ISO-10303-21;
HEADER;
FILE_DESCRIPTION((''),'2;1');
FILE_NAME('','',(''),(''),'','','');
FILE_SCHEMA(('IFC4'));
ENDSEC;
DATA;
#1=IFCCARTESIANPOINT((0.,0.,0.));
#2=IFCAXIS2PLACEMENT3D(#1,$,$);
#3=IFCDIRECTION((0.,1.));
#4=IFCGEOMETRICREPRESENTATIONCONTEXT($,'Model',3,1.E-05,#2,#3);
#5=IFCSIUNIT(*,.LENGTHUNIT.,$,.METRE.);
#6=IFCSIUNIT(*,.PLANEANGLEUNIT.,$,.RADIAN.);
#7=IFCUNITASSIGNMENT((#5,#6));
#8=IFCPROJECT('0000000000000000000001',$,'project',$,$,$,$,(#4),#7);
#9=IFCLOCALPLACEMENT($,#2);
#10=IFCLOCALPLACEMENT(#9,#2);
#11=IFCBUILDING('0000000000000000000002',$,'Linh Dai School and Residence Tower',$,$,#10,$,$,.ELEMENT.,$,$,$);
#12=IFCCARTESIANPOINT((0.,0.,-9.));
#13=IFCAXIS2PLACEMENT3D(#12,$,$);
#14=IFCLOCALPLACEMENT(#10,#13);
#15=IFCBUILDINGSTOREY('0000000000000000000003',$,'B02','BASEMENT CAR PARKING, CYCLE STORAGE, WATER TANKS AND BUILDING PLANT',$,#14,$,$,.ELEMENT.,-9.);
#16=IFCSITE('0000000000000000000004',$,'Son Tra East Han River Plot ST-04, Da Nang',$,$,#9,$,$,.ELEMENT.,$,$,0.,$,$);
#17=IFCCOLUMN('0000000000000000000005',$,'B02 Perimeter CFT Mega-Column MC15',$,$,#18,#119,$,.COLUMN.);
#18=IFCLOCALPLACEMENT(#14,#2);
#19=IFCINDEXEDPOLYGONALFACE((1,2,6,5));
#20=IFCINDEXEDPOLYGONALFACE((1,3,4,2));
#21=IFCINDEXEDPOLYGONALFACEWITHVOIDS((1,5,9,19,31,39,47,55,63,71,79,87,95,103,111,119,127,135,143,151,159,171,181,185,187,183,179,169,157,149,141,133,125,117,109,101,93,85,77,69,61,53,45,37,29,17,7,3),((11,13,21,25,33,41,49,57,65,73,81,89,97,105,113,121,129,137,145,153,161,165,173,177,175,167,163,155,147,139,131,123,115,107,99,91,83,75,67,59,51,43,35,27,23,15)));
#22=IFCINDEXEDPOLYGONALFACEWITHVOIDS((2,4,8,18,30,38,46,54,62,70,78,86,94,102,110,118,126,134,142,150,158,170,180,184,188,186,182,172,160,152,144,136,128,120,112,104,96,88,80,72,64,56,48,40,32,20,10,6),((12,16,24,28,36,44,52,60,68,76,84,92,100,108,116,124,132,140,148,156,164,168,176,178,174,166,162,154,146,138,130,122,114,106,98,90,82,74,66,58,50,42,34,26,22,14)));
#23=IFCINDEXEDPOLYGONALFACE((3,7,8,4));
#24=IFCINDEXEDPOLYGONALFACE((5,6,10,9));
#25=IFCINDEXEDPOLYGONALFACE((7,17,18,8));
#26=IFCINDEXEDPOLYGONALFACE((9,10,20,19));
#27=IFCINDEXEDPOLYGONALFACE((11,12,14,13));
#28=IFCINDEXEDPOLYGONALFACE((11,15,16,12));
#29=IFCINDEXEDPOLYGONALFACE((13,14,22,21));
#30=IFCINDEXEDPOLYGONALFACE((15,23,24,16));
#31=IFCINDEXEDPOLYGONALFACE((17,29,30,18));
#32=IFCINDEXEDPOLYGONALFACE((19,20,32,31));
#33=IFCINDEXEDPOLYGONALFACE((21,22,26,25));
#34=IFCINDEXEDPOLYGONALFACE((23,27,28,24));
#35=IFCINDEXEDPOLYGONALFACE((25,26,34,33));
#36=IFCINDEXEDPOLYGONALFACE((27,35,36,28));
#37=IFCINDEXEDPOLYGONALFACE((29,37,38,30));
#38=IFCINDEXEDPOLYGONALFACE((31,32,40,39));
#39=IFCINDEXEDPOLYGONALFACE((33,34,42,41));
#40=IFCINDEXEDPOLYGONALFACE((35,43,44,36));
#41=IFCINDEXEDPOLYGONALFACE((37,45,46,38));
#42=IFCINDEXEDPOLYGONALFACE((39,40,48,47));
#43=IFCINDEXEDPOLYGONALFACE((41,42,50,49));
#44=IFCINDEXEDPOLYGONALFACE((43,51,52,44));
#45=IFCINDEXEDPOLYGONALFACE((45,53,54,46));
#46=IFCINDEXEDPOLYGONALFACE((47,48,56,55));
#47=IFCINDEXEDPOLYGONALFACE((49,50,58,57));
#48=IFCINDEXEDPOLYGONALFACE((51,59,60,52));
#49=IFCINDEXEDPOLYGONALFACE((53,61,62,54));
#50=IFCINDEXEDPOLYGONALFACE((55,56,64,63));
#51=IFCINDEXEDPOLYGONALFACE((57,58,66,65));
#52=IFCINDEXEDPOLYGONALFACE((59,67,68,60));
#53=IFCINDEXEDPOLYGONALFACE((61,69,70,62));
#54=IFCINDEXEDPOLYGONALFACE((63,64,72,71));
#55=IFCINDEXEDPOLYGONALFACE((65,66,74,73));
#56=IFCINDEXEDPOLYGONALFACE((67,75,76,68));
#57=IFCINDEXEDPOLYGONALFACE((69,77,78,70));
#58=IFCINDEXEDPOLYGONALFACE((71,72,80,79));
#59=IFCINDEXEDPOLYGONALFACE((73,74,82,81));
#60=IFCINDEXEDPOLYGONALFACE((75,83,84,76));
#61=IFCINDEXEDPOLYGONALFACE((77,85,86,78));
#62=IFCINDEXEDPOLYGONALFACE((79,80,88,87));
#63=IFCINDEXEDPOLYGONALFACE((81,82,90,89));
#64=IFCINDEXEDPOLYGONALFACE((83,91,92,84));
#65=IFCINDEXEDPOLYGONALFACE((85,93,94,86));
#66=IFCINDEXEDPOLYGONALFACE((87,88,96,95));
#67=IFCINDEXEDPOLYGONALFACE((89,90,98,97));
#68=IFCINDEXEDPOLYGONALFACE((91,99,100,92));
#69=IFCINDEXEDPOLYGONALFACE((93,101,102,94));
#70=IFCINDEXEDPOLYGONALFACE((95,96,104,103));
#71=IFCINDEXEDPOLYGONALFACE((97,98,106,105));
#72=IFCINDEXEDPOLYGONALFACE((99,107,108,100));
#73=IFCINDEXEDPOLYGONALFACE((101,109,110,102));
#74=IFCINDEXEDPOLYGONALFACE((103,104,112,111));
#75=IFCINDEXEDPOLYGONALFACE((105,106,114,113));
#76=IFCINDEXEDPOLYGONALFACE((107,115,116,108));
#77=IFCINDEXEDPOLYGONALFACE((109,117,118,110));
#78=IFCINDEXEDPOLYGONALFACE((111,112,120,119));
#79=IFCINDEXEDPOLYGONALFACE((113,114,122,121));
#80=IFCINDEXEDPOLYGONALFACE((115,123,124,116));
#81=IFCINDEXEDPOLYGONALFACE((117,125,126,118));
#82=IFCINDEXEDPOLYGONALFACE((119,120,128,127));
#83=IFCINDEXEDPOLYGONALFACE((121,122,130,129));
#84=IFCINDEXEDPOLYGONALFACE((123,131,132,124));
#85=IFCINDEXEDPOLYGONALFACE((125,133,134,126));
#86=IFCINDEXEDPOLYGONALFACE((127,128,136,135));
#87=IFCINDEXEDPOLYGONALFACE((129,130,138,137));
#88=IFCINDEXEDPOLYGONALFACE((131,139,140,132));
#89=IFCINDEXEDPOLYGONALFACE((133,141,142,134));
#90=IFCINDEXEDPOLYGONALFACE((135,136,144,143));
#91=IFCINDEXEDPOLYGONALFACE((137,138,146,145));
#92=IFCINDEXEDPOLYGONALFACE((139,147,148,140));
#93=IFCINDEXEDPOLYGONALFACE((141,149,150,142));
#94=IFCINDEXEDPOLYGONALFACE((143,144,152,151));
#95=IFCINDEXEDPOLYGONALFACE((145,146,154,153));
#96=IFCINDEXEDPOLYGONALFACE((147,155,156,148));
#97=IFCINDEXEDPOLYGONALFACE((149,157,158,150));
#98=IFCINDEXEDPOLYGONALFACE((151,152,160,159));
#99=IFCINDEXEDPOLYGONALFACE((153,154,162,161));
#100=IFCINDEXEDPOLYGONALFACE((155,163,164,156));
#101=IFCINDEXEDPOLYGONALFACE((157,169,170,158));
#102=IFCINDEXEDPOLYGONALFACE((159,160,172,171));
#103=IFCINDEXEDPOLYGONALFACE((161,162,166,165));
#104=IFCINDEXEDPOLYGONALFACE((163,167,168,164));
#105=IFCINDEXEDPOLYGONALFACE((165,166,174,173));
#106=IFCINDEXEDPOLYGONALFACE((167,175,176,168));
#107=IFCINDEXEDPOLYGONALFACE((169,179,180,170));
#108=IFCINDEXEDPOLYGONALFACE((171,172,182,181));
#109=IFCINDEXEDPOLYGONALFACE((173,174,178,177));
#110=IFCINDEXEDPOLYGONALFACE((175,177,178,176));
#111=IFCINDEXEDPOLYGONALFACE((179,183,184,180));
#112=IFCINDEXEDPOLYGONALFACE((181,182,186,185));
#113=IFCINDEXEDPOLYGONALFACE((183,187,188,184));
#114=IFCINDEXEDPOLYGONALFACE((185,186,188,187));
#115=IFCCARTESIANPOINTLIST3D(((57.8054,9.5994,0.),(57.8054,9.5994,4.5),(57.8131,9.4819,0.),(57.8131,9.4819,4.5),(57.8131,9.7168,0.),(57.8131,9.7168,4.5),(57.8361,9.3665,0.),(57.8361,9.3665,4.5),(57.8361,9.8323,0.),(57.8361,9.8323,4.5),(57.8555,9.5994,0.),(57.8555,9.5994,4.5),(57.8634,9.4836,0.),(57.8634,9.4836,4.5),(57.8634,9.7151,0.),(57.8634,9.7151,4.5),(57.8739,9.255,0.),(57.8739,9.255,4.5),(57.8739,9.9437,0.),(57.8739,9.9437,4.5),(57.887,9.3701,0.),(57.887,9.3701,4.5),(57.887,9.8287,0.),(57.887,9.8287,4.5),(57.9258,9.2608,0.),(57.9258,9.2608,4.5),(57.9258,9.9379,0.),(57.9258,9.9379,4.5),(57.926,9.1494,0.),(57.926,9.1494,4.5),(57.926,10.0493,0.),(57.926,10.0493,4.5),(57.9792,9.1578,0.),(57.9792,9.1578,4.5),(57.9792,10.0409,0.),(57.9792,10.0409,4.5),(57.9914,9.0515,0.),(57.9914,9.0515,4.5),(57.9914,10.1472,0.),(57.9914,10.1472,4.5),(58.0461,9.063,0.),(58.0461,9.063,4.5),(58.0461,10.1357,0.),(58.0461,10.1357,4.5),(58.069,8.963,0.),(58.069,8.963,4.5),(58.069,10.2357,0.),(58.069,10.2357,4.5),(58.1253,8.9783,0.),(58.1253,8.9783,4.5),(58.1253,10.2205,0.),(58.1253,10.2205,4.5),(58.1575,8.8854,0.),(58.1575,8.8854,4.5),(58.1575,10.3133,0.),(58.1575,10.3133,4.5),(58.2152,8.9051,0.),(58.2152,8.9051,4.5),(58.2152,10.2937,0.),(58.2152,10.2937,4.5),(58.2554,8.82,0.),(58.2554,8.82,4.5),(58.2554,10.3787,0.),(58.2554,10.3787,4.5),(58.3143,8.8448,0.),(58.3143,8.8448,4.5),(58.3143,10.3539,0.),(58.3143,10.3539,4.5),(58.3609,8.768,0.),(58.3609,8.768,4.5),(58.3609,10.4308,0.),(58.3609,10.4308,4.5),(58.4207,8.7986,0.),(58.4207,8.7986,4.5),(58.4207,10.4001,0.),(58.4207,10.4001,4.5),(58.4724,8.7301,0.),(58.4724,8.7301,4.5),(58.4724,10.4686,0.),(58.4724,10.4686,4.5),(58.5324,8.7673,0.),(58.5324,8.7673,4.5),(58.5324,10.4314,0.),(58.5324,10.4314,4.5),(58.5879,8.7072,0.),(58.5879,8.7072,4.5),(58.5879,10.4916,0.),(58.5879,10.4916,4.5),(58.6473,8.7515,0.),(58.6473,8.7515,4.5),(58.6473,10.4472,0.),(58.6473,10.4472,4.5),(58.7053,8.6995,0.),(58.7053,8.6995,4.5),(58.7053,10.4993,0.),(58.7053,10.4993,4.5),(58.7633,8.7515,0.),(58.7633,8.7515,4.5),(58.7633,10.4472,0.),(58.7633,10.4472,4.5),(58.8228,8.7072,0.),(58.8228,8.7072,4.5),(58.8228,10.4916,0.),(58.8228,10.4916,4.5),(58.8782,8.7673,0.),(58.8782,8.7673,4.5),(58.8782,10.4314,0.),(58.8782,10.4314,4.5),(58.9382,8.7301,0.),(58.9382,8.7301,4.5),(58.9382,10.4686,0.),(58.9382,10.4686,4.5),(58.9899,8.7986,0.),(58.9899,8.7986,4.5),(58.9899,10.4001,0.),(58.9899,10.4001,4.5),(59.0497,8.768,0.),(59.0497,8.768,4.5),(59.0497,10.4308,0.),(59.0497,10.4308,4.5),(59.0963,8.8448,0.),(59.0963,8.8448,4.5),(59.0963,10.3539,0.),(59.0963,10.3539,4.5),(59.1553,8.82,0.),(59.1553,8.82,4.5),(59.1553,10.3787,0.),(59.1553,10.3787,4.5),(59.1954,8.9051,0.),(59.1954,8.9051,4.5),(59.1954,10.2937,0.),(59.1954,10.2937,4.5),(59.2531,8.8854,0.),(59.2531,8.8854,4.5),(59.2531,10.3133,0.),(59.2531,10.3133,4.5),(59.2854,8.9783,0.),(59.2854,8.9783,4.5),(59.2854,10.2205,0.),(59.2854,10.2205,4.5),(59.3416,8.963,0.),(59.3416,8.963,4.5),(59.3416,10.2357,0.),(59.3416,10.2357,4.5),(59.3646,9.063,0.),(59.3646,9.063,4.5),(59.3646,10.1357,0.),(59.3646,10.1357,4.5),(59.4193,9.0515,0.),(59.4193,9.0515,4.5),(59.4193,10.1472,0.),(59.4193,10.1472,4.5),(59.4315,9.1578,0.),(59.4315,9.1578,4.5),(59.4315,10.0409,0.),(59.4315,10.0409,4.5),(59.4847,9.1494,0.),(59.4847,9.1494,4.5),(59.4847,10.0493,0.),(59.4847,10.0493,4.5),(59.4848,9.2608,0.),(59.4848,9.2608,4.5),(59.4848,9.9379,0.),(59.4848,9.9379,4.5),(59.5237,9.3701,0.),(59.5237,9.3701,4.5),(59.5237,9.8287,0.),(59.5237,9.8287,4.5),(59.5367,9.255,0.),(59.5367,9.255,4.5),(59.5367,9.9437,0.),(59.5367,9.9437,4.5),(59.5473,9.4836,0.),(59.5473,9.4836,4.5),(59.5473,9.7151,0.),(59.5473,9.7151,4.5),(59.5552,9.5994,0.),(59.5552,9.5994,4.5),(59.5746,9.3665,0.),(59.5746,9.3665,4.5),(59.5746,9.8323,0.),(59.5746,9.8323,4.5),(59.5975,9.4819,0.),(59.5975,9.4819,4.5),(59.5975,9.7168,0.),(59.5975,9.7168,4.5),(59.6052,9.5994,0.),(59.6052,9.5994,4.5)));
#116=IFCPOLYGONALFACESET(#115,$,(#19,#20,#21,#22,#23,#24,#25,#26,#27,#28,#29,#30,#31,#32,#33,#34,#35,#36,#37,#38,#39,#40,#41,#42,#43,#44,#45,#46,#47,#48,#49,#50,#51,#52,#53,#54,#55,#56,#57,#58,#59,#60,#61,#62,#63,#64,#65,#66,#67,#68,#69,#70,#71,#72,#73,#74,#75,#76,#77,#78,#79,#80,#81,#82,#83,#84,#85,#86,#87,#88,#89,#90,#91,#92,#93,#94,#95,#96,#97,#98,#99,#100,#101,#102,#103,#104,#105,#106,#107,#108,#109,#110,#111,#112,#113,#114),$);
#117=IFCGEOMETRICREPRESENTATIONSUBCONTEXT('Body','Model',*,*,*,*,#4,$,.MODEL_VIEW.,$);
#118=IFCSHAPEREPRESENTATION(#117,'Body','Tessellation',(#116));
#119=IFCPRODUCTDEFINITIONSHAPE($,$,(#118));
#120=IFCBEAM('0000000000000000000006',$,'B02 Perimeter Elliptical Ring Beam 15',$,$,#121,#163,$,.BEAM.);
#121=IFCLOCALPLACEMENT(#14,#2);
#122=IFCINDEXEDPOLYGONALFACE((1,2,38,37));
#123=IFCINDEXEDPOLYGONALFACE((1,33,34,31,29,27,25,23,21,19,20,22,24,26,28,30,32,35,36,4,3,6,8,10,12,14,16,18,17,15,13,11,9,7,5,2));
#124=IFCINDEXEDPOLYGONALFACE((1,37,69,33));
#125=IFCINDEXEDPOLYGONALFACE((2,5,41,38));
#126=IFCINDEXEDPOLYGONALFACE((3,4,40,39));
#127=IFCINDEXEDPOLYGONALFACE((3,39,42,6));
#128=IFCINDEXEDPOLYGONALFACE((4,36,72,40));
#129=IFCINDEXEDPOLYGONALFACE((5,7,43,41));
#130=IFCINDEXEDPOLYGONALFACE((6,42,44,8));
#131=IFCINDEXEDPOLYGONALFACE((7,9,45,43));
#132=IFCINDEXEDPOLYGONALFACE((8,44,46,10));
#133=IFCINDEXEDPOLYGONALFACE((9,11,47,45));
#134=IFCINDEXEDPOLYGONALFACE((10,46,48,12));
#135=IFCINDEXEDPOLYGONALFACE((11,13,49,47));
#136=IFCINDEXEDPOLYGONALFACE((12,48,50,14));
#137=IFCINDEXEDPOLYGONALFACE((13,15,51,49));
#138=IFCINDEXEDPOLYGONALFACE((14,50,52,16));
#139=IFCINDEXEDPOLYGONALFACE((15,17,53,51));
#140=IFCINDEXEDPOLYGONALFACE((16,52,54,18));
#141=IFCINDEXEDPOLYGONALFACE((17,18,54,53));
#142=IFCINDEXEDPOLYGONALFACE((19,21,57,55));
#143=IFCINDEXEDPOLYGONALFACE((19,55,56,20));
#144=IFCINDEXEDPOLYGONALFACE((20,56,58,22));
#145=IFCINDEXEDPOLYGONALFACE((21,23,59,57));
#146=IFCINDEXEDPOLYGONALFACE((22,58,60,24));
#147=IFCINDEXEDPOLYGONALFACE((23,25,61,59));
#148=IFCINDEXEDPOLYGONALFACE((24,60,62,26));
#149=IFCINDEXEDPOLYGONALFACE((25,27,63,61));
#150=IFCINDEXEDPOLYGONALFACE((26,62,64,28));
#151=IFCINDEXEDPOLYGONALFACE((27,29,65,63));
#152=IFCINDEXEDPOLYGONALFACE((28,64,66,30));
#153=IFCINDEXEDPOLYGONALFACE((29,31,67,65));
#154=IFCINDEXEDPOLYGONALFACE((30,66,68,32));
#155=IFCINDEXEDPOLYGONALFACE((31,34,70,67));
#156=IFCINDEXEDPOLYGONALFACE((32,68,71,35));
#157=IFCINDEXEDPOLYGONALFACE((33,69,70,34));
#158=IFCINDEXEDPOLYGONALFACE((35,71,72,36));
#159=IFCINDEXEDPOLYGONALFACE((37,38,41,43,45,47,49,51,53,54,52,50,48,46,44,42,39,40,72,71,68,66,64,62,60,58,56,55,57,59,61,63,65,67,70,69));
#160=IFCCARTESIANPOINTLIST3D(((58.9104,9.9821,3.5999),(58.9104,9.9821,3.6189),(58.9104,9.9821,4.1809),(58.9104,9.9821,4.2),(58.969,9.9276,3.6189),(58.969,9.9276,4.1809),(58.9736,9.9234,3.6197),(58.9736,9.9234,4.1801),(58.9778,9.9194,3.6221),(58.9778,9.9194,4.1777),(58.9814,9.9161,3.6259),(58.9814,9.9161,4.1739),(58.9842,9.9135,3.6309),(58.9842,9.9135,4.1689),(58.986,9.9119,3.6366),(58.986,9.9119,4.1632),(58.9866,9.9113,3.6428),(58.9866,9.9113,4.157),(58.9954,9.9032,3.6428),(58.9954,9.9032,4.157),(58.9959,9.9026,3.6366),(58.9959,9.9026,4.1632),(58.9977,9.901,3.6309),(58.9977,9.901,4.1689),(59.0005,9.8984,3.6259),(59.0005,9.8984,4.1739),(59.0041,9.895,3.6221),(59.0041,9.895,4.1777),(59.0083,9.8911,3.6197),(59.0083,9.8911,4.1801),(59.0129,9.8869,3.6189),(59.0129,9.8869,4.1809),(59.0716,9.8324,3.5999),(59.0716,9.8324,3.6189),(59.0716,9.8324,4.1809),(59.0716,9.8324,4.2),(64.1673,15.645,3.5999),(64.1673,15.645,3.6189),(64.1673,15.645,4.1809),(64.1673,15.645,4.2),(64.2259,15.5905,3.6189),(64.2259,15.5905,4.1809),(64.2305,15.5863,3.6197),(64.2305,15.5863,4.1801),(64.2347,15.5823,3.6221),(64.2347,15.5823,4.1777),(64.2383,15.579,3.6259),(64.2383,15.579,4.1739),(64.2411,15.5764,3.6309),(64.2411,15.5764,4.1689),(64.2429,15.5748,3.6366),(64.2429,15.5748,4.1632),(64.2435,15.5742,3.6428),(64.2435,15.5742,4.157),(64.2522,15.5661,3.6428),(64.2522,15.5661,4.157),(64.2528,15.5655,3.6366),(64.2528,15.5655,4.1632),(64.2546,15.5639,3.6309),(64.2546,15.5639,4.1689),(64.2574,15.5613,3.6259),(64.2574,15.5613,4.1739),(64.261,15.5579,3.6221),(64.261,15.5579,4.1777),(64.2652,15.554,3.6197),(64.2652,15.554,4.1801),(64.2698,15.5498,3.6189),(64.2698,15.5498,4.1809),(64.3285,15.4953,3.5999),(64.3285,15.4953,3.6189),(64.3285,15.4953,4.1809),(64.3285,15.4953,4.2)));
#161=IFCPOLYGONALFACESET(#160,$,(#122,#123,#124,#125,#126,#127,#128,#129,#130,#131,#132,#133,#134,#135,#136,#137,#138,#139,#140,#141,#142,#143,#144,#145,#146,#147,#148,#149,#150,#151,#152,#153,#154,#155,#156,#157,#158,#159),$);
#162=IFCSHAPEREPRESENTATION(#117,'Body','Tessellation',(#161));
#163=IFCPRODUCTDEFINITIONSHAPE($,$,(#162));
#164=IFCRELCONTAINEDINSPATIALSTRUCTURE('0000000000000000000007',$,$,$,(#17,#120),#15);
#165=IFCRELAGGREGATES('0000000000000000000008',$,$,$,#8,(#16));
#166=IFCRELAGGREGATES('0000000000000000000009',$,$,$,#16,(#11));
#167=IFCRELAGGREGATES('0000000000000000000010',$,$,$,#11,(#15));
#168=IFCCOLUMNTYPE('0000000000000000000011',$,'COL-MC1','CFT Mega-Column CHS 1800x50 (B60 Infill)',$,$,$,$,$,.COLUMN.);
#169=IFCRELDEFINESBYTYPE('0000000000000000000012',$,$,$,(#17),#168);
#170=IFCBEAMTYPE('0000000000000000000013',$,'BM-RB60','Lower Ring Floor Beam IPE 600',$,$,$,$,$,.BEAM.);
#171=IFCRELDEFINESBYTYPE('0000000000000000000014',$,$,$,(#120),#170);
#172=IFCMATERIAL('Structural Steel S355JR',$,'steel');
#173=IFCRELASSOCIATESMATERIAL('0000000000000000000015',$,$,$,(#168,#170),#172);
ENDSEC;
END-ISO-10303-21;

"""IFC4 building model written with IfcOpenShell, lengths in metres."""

from ifc_helpers import new_model, si_unit, direction, frame, origin, origin_2d, place, context, subcontext, project, spatial, hollow_circle, i_section, extrude, material, material_profile, profile_set, type_object, element, save


model = new_model("IFC4")

# Units and contexts
model_context = context("Model", 3, precision=1e-05, world=origin(), true_north=direction((0.0, 1.0)))
body_context = subcontext(model_context, "Body", "Model", "MODEL_VIEW")
ifc_project = project(units=[si_unit("LENGTHUNIT", "METRE"), si_unit("PLANEANGLEUNIT", "RADIAN")], contexts=[model_context])

# Site, building, storey
site_placement = place(None, origin())
site = spatial("IfcSite", under=ifc_project, at=site_placement, Name="Son Tra East Han River Plot ST-04, Da Nang", CompositionType="ELEMENT", RefElevation=0.0)
building_placement = place(site_placement, origin())
building = spatial("IfcBuilding", under=site, at=building_placement, Name="Linh Dai School and Residence Tower", CompositionType="ELEMENT")
storey_placement = place(building_placement, frame((0.0, 0.0, -9.0)))
storey = spatial("IfcBuildingStorey", under=building, at=storey_placement, Name="B02", Description="BASEMENT CAR PARKING, CYCLE STORAGE, WATER TANKS AND BUILDING PLANT", CompositionType="ELEMENT", Elevation=-9.0)

# Column
ifc_material_1 = material(Name="Structural Steel S355JR", Category="steel")
ifc_material_profile_1 = material_profile(ifc_material_1, hollow_circle(Radius=0.8999, WallThickness=0.05, at=origin_2d()), Name="CHS 1800x50")
ifc_profile_set_1 = profile_set([ifc_material_profile_1], Name="Structural Steel S355JR")
column_type = type_object("IfcColumnType", Name="COL-MC1", Description="CFT Mega-Column CHS 1800x50 (B60 Infill)", PredefinedType="COLUMN", material=ifc_profile_set_1)
column_placement = place(storey_placement, frame((58.7053, 9.5994, 0.0), z_axis=(0.0, 0.0, 1.0), x_axis=(1.0, 0.0, 0.0)))
element("IfcColumn", 1, at=column_placement, inside=storey, type_object=column_type, Name="B02 Perimeter CFT Mega-Column MC15", PredefinedType="COLUMN", context=body_context, shape_type="SweptSolid", body=[
    extrude(hollow_circle(Radius=0.8999, WallThickness=0.05, at=origin_2d()), origin(), (0.0, 0.0, 1.0), 4.5),
])

# Beam
ifc_material_profile_2 = material_profile(ifc_material_1, i_section(OverallWidth=0.22, OverallDepth=0.6001, WebThickness=0.012, FlangeThickness=0.019, FilletRadius=0.0239, at=origin_2d()), Name="IPE 600")
ifc_profile_set_2 = profile_set([ifc_material_profile_2], Name="Structural Steel S355JR")
beam_type_1 = type_object("IfcBeamType", Name="BM-RB60", Description="Lower Ring Floor Beam IPE 600", PredefinedType="BEAM", material=ifc_profile_set_2)
beam_1_placement = place(storey_placement, frame((58.991, 9.9072, 3.8999), z_axis=(0.680346, 0.732891, 0.0), x_axis=(-0.732891, 0.680346, 0.0)))
element("IfcBeam", 2, at=beam_1_placement, inside=storey, type_object=beam_type_1, Name="B02 Perimeter Elliptical Ring Beam 15", PredefinedType="BEAM", context=body_context, shape_type="SweptSolid", body=[
    extrude(i_section(OverallWidth=0.22, OverallDepth=0.6001, WebThickness=0.012, FlangeThickness=0.019, FilletRadius=0.0239, at=origin_2d()), origin(), (0.0, 0.0, 1.0), 7.7268),
])

save(model, "model.ifc")
